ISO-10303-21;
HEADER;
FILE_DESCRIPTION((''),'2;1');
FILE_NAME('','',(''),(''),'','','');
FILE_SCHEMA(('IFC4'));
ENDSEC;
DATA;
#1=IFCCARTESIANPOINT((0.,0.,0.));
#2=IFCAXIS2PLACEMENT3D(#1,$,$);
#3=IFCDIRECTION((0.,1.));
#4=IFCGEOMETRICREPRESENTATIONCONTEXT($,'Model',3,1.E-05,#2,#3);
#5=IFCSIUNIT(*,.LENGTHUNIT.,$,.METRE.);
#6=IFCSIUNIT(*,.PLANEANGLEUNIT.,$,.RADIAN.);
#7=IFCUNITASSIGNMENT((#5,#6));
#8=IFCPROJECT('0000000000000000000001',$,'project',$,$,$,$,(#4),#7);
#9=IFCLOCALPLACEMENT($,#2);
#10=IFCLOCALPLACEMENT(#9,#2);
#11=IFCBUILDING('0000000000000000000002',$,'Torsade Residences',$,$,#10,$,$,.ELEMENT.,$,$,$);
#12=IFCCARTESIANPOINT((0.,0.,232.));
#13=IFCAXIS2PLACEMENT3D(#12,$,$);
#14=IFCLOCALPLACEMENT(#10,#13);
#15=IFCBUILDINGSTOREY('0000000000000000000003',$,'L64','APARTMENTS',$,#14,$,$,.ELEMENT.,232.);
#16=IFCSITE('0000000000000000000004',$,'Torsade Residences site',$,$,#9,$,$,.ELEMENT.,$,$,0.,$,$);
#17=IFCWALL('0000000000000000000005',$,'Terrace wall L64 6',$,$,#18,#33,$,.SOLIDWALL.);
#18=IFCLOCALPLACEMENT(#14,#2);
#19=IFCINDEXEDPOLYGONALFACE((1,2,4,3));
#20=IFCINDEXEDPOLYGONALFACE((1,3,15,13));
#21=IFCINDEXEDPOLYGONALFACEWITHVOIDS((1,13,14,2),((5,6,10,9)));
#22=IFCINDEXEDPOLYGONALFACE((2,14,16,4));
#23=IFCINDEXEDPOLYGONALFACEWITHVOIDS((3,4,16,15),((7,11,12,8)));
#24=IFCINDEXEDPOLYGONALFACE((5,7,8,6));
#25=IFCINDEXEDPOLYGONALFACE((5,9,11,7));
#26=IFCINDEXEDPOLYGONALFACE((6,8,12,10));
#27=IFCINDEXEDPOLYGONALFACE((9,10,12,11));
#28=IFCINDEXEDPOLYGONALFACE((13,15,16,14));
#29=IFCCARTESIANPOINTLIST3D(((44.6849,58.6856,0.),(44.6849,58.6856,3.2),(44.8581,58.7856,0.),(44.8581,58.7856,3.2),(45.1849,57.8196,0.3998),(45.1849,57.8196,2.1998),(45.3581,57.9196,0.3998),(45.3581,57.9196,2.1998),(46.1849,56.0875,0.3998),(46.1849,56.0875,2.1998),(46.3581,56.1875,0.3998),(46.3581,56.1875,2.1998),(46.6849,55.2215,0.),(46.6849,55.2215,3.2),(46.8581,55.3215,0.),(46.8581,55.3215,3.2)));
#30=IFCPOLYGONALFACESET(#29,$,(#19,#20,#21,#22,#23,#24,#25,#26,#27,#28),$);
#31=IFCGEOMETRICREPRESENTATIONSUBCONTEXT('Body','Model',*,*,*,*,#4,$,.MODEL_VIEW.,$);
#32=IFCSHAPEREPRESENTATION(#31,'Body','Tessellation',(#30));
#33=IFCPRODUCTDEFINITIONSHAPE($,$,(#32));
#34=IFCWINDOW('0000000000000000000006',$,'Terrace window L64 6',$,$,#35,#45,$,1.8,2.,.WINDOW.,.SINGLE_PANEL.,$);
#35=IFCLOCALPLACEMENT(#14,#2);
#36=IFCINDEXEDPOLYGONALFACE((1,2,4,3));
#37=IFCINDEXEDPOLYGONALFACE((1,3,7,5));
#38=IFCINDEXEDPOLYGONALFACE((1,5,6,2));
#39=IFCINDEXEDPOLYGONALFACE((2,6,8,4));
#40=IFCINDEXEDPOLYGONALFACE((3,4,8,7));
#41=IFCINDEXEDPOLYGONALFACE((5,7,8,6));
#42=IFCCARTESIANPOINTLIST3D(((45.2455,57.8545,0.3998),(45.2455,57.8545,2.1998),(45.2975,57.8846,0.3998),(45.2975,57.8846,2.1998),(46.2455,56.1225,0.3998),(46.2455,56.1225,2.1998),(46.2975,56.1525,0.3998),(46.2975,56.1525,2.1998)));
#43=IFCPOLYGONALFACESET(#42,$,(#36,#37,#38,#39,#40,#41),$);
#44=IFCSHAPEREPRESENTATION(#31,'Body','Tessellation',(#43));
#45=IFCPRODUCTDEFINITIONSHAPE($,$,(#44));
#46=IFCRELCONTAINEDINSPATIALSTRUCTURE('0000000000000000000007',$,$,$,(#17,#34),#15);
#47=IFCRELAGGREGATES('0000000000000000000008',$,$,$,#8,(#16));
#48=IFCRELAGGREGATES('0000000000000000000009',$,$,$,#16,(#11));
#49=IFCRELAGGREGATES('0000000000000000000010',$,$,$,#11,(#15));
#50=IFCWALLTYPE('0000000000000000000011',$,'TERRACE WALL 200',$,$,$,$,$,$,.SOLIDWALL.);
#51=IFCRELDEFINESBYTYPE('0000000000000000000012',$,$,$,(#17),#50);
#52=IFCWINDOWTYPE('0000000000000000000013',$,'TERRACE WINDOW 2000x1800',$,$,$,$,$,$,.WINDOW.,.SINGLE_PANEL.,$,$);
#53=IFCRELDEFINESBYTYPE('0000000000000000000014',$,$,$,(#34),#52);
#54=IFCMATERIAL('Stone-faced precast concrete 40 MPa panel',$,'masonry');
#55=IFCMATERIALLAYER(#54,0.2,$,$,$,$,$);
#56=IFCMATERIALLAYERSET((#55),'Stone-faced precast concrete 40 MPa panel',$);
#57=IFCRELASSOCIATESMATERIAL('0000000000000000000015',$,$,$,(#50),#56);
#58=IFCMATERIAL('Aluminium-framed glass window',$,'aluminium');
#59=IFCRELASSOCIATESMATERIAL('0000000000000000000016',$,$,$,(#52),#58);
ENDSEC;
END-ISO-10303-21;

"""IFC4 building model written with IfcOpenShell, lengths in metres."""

from ifc_helpers import new_model, si_unit, direction, frame, frame_2d, origin, place, context, subcontext, project, spatial, rectangle, extrude, material, layer, layer_set, type_object, element, fill, save


model = new_model("IFC4")

# Units and contexts
model_context = context("Model", 3, precision=1e-05, world=origin(), true_north=direction((0.0, 1.0)))
body_context = subcontext(model_context, "Body", "Model", "MODEL_VIEW")
ifc_project = project(units=[si_unit("LENGTHUNIT", "METRE"), si_unit("PLANEANGLEUNIT", "RADIAN")], contexts=[model_context])

# Site, building, storey
site_placement = place(None, origin())
site = spatial("IfcSite", under=ifc_project, at=site_placement, Name="Torsade Residences site", CompositionType="ELEMENT", RefElevation=0.0)
building_placement = place(site_placement, origin())
building = spatial("IfcBuilding", under=site, at=building_placement, Name="Torsade Residences", CompositionType="ELEMENT")
storey_placement = place(building_placement, frame((0.0, 0.0, 232.0)))
storey = spatial("IfcBuildingStorey", under=building, at=storey_placement, Name="L64", Description="APARTMENTS", CompositionType="ELEMENT", Elevation=232.0)

# Wall, opening, window
ifc_material_1 = material(Name="Stone-faced precast concrete 40 MPa panel", Category="masonry")
ifc_layer_1 = layer(ifc_material_1, 0.2)
ifc_layer_set_1 = layer_set([ifc_layer_1], Name="Stone-faced precast concrete 40 MPa panel")
wall_type_1 = type_object("IfcWallType", Name="TERRACE WALL 200", PredefinedType="SOLIDWALL", material=ifc_layer_set_1)
wall_1_placement = place(storey_placement, frame((46.7715, 55.2715, 0.0), z_axis=(0.0, 0.0, 1.0), x_axis=(-0.499999, 0.866026, 0.0)))
wall_1 = element("IfcWall", 1, at=wall_1_placement, inside=storey, type_object=wall_type_1, Name="Terrace wall L64 6", PredefinedType="SOLIDWALL", context=body_context, shape_type="SweptSolid", body=[
    extrude(rectangle(XDim=4.0, YDim=0.2, at=frame_2d((2.0, 0.0))), origin(), (0.0, 0.0, 1.0), 3.2),
])
opening_1_placement = place(wall_1_placement, frame((1.0, 0.0, 0.3999)))
opening_1 = element("IfcOpeningElement", 2, at=opening_1_placement, cuts=wall_1, PredefinedType="OPENING", context=body_context, shape_type="SweptSolid", body=[
    extrude(rectangle(XDim=2.0, YDim=1.8, at=frame_2d((1.0, 0.8999))), frame((0.0, 0.1099, 0.0), z_axis=(0.0, -1.0, 0.0), x_axis=(1.0, 0.0, 0.0)), (0.0, 0.0, 1.0), 0.22),
])
ifc_material_2 = material(Name="Aluminium-framed glass window", Category="aluminium")
window_type = type_object("IfcWindowType", Name="TERRACE WINDOW 2000x1800", PartitioningType="SINGLE_PANEL", PredefinedType="WINDOW", material=ifc_material_2)
window_placement = place(opening_1_placement, origin())
window = element("IfcWindow", 3, at=window_placement, inside=storey, type_object=window_type, Name="Terrace window L64 6", OverallHeight=1.8, OverallWidth=2.0, PartitioningType="SINGLE_PANEL", PredefinedType="WINDOW", context=body_context, shape_type="SweptSolid", body=[
    extrude(rectangle(XDim=2.0, YDim=1.8, at=frame_2d((1.0, 0.8999))), frame((0.0, 0.03, 0.0), z_axis=(0.0, -1.0, 0.0), x_axis=(1.0, 0.0, 0.0)), (0.0, 0.0, 1.0), 0.0601),
])
fill(opening_1, window)

save(model, "model.ifc")
